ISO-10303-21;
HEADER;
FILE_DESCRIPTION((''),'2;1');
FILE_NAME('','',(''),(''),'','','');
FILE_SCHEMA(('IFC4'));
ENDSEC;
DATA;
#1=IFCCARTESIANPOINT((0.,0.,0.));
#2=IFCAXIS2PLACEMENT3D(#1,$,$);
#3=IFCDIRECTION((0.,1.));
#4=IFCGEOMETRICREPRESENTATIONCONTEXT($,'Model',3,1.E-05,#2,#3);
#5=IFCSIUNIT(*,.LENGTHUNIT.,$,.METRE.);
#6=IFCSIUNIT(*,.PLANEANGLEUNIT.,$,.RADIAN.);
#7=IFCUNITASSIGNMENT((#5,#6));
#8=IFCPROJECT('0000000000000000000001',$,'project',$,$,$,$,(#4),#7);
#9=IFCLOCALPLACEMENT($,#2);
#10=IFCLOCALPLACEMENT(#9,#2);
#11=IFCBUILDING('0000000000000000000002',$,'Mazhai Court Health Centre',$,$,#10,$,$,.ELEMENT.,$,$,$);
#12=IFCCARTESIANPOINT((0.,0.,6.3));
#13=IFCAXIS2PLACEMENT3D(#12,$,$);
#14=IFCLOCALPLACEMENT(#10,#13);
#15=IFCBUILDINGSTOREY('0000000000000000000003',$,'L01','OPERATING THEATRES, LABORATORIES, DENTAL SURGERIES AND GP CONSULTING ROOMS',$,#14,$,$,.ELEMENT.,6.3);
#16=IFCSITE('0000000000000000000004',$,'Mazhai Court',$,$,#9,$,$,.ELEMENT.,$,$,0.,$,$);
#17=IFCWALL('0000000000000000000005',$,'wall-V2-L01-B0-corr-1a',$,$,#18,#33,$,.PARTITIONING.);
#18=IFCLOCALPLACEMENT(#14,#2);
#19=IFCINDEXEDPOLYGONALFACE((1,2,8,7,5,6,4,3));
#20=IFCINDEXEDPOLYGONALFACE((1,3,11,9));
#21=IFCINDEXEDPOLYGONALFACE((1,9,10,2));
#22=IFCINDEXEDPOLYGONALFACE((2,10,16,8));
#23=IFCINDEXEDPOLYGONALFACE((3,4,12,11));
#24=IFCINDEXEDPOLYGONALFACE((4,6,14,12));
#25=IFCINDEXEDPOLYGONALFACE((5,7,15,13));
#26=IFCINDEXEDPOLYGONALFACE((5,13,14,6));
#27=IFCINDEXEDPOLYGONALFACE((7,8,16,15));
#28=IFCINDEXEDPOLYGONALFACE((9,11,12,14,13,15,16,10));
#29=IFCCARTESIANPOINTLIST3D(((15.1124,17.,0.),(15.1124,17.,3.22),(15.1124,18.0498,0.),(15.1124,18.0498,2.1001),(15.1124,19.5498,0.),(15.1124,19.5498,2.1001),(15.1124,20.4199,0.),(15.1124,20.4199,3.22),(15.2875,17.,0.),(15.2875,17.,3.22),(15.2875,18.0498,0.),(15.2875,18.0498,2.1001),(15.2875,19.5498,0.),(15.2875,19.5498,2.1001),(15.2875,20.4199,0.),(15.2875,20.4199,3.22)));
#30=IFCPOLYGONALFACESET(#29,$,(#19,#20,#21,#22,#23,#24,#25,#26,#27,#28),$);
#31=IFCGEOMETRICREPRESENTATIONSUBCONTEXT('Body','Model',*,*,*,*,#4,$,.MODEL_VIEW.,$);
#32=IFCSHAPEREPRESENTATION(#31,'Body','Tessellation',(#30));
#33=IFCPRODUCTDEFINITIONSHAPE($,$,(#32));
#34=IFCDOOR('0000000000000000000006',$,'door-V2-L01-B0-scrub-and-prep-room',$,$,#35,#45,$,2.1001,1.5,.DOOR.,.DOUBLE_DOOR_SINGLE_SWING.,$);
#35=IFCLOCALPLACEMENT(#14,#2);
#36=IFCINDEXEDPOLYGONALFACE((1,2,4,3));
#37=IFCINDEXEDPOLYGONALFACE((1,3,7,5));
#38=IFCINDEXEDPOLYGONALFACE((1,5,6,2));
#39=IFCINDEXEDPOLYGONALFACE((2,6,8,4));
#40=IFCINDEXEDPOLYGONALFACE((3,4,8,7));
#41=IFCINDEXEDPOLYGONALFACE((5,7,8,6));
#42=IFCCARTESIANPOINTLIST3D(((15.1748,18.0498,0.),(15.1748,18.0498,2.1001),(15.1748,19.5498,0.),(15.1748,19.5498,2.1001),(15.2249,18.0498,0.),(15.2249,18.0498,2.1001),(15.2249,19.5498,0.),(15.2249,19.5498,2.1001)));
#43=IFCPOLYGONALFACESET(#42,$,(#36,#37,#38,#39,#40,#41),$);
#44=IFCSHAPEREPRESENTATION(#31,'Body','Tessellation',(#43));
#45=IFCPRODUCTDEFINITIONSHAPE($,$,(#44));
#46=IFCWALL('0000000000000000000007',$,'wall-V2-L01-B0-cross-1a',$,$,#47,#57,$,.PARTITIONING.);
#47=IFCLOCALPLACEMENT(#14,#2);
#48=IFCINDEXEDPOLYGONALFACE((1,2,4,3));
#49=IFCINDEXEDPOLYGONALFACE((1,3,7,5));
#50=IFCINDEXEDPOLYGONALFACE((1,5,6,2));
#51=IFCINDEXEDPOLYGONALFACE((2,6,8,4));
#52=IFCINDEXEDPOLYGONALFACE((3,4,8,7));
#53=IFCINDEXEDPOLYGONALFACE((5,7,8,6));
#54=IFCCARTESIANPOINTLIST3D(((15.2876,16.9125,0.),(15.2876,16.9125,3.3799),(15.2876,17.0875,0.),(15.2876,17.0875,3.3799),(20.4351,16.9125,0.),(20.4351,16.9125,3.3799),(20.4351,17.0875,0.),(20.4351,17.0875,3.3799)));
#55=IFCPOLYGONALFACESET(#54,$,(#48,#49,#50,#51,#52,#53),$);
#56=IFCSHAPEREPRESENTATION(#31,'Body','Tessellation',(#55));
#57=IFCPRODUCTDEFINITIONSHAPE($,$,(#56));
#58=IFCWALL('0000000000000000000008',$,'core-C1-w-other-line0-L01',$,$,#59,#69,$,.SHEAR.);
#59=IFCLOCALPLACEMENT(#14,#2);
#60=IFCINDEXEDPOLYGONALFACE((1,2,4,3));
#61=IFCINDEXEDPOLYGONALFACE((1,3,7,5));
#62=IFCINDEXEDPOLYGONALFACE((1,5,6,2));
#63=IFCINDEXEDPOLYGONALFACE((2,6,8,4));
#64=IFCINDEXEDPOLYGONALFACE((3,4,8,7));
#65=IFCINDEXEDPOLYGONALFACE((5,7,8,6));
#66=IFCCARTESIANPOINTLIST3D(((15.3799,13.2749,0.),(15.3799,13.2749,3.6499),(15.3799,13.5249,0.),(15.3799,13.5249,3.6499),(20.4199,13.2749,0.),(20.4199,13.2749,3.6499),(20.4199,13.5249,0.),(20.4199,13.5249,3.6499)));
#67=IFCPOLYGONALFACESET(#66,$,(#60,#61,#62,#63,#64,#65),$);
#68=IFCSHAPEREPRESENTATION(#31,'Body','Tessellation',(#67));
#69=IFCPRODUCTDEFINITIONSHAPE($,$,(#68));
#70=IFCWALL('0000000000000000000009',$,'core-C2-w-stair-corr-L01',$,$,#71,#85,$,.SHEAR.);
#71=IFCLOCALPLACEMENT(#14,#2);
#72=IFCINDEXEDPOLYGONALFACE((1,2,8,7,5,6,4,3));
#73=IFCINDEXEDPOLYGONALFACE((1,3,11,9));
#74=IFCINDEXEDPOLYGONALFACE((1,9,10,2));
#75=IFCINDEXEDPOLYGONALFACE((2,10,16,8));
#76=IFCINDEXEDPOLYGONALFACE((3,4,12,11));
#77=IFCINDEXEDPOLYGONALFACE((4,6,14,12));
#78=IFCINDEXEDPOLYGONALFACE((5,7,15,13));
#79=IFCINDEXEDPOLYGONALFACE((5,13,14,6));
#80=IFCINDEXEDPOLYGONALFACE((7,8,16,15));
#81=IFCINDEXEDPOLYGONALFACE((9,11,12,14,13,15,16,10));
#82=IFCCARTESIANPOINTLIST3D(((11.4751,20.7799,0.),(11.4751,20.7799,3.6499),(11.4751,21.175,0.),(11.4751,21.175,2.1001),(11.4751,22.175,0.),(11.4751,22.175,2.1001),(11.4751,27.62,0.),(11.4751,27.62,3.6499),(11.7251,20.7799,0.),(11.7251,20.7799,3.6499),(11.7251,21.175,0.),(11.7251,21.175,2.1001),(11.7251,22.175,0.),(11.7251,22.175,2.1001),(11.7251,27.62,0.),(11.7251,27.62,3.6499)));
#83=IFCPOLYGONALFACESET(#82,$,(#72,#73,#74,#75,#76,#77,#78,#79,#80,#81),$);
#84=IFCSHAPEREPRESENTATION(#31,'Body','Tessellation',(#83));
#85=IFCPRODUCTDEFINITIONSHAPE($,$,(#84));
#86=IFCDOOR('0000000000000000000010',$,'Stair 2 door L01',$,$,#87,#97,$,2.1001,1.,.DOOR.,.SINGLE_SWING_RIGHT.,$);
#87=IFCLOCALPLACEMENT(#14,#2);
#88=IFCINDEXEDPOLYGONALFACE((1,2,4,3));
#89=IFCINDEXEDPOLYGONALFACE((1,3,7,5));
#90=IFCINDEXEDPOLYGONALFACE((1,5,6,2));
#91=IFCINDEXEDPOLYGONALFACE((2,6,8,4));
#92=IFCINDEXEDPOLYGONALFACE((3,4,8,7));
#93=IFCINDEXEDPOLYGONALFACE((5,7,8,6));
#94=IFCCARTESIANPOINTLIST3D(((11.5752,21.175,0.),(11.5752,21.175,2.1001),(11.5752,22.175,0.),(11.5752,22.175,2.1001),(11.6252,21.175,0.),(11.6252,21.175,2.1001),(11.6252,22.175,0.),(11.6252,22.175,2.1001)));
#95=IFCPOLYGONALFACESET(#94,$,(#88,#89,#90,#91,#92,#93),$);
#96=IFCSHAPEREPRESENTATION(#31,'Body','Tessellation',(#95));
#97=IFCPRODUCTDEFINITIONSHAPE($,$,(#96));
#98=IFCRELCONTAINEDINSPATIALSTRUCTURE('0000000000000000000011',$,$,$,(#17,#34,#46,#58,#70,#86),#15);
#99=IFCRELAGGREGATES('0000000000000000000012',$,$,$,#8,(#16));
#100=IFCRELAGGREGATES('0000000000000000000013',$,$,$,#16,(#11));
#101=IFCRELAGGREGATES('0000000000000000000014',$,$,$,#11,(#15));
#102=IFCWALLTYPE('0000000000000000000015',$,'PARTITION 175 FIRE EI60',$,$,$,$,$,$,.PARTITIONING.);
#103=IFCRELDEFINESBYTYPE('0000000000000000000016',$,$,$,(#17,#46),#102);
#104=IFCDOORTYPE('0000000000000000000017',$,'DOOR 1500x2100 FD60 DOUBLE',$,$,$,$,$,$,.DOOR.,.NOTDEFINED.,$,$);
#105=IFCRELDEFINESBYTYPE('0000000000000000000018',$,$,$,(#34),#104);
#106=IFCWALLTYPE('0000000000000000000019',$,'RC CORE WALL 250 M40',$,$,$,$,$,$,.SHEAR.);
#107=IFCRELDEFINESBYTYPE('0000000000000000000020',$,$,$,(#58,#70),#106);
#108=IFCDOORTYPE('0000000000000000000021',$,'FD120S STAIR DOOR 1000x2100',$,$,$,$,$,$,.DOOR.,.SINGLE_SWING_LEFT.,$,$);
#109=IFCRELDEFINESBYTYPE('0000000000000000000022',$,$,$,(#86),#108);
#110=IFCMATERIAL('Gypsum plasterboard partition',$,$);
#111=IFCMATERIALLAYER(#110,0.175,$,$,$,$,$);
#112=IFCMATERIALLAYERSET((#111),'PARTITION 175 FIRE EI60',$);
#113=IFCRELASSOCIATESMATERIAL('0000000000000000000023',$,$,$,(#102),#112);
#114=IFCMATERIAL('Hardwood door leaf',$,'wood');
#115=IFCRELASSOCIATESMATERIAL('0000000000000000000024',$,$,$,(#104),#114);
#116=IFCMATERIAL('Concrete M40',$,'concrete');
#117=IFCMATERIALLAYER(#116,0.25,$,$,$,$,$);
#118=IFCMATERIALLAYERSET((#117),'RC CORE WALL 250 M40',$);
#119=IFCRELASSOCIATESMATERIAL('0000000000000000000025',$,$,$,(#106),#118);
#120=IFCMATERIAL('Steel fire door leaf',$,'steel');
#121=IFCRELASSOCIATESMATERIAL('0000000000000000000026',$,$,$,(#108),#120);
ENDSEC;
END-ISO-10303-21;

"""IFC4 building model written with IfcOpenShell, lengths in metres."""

from ifc_helpers import new_model, si_unit, direction, frame, frame_2d, origin, place, context, subcontext, project, spatial, rectangle, extrude, material, layer, layer_set, type_object, element, fill, save


model = new_model("IFC4")

# Units and contexts
model_context = context("Model", 3, precision=1e-05, world=origin(), true_north=direction((0.0, 1.0)))
body_context = subcontext(model_context, "Body", "Model", "MODEL_VIEW")
ifc_project = project(units=[si_unit("LENGTHUNIT", "METRE"), si_unit("PLANEANGLEUNIT", "RADIAN")], contexts=[model_context])

# Site, building, storey
site_placement = place(None, origin())
site = spatial("IfcSite", under=ifc_project, at=site_placement, Name="Mazhai Court", CompositionType="ELEMENT", RefElevation=0.0)
building_placement = place(site_placement, origin())
building = spatial("IfcBuilding", under=site, at=building_placement, Name="Mazhai Court Health Centre", CompositionType="ELEMENT")
storey_placement = place(building_placement, frame((0.0, 0.0, 6.3)))
storey = spatial("IfcBuildingStorey", under=building, at=storey_placement, Name="L01", Description="OPERATING THEATRES, LABORATORIES, DENTAL SURGERIES AND GP CONSULTING ROOMS", CompositionType="ELEMENT", Elevation=6.3)

# Wall, opening, door
ifc_material_1 = material(Name="Gypsum plasterboard partition")
ifc_layer_1 = layer(ifc_material_1, 0.175)
ifc_layer_set_1 = layer_set([ifc_layer_1], Name="PARTITION 175 FIRE EI60")
wall_type_1 = type_object("IfcWallType", Name="PARTITION 175 FIRE EI60", PredefinedType="PARTITIONING", material=ifc_layer_set_1)
ifc_material_2 = material(Name="Hardwood door leaf", Category="wood")
door_type_1 = type_object("IfcDoorType", Name="DOOR 1500x2100 FD60 DOUBLE", OperationType="NOTDEFINED", PredefinedType="DOOR", material=ifc_material_2)
wall_1_placement = place(storey_placement, frame((15.2, 20.4199, 0.0), z_axis=(0.0, 0.0, 1.0), x_axis=(0.0, -1.0, 0.0)))
wall_1 = element("IfcWall", 1, at=wall_1_placement, inside=storey, type_object=wall_type_1, Name="wall-V2-L01-B0-corr-1a", PredefinedType="PARTITIONING", context=body_context, shape_type="SweptSolid", body=[
    extrude(rectangle(XDim=3.4199, YDim=0.175, at=frame_2d((1.71, 0.0))), origin(), (0.0, 0.0, 1.0), 3.22),
])
opening_1_placement = place(wall_1_placement, frame((0.8701, 0.0, 0.0)))
opening_1 = element("IfcOpeningElement", 2, at=opening_1_placement, cuts=wall_1, PredefinedType="OPENING", context=body_context, shape_type="SweptSolid", body=[
    extrude(rectangle(XDim=1.5, YDim=2.1001, at=frame_2d((0.75, 1.05))), frame((0.0, 0.0974, 0.0), z_axis=(0.0, -1.0, 0.0), x_axis=(1.0, 0.0, 0.0)), (0.0, 0.0, 1.0), 0.1951),
])
door_1_placement = place(opening_1_placement, origin())
door_1 = element("IfcDoor", 3, at=door_1_placement, inside=storey, type_object=door_type_1, Name="door-V2-L01-B0-scrub-and-prep-room", OperationType="DOUBLE_DOOR_SINGLE_SWING", OverallHeight=2.1001, OverallWidth=1.5, PredefinedType="DOOR", context=body_context, shape_type="SweptSolid", body=[
    extrude(rectangle(XDim=1.5, YDim=2.1001, at=frame_2d((0.75, 1.05))), frame((0.0, 0.0249, 0.0), z_axis=(0.0, -1.0, 0.0), x_axis=(1.0, 0.0, 0.0)), (0.0, 0.0, 1.0), 0.05),
])
fill(opening_1, door_1)

# Walls
wall_2_placement = place(storey_placement, frame((20.4351, 17.0, 0.0), z_axis=(0.0, 0.0, 1.0), x_axis=(-1.0, 0.0, 0.0)))
element("IfcWall", 4, at=wall_2_placement, inside=storey, type_object=wall_type_1, Name="wall-V2-L01-B0-cross-1a", PredefinedType="PARTITIONING", context=body_context, shape_type="SweptSolid", body=[
    extrude(rectangle(XDim=5.1475, YDim=0.175, at=frame_2d((2.5737, 0.0))), origin(), (0.0, 0.0, 1.0), 3.3799),
])
ifc_material_3 = material(Name="Concrete M40", Category="concrete")
ifc_layer_2 = layer(ifc_material_3, 0.25)
ifc_layer_set_2 = layer_set([ifc_layer_2], Name="RC CORE WALL 250 M40")
wall_type_2 = type_object("IfcWallType", Name="RC CORE WALL 250 M40", PredefinedType="SHEAR", material=ifc_layer_set_2)
wall_3_placement = place(storey_placement, frame((15.3799, 13.3999, 0.0), z_axis=(0.0, 0.0, 1.0), x_axis=(1.0, 0.0, 0.0)))
element("IfcWall", 5, at=wall_3_placement, inside=storey, type_object=wall_type_2, Name="core-C1-w-other-line0-L01", PredefinedType="SHEAR", context=body_context, shape_type="SweptSolid", body=[
    extrude(rectangle(XDim=5.04, YDim=0.25, at=frame_2d((2.52, 0.0))), origin(), (0.0, 0.0, 1.0), 3.6499),
])

# Wall, opening, door
wall_4_placement = place(storey_placement, frame((11.6001, 20.78, 0.0), z_axis=(0.0, 0.0, 1.0), x_axis=(0.0, 1.0, 0.0)))
wall_4 = element("IfcWall", 6, at=wall_4_placement, inside=storey, type_object=wall_type_2, Name="core-C2-w-stair-corr-L01", PredefinedType="SHEAR", context=body_context, shape_type="SweptSolid", body=[
    extrude(rectangle(XDim=6.8401, YDim=0.25, at=frame_2d((3.4199, 0.0))), origin(), (0.0, 0.0, 1.0), 3.6499),
])
opening_2_placement = place(wall_4_placement, frame((0.395, 0.0, 0.0)))
opening_2 = element("IfcOpeningElement", 7, at=opening_2_placement, cuts=wall_4, PredefinedType="OPENING", context=body_context, shape_type="SweptSolid", body=[
    extrude(rectangle(XDim=1.0, YDim=2.1001, at=frame_2d((0.5, 1.05))), frame((0.0, 0.135, 0.0), z_axis=(0.0, -1.0, 0.0), x_axis=(1.0, 0.0, 0.0)), (0.0, 0.0, 1.0), 0.27),
])
ifc_material_4 = material(Name="Steel fire door leaf", Category="steel")
door_type_2 = type_object("IfcDoorType", Name="FD120S STAIR DOOR 1000x2100", OperationType="SINGLE_SWING_LEFT", PredefinedType="DOOR", material=ifc_material_4)
door_2_placement = place(opening_2_placement, origin())
door_2 = element("IfcDoor", 8, at=door_2_placement, inside=storey, type_object=door_type_2, Name="Stair 2 door L01", OperationType="SINGLE_SWING_RIGHT", OverallHeight=2.1001, OverallWidth=1.0, PredefinedType="DOOR", context=body_context, shape_type="SweptSolid", body=[
    extrude(rectangle(XDim=1.0, YDim=2.1001, at=frame_2d((0.5, 1.05))), frame((0.0, 0.0249, 0.0), z_axis=(0.0, -1.0, 0.0), x_axis=(1.0, 0.0, 0.0)), (0.0, 0.0, 1.0), 0.05),
])
fill(opening_2, door_2)

save(model, "model.ifc")
